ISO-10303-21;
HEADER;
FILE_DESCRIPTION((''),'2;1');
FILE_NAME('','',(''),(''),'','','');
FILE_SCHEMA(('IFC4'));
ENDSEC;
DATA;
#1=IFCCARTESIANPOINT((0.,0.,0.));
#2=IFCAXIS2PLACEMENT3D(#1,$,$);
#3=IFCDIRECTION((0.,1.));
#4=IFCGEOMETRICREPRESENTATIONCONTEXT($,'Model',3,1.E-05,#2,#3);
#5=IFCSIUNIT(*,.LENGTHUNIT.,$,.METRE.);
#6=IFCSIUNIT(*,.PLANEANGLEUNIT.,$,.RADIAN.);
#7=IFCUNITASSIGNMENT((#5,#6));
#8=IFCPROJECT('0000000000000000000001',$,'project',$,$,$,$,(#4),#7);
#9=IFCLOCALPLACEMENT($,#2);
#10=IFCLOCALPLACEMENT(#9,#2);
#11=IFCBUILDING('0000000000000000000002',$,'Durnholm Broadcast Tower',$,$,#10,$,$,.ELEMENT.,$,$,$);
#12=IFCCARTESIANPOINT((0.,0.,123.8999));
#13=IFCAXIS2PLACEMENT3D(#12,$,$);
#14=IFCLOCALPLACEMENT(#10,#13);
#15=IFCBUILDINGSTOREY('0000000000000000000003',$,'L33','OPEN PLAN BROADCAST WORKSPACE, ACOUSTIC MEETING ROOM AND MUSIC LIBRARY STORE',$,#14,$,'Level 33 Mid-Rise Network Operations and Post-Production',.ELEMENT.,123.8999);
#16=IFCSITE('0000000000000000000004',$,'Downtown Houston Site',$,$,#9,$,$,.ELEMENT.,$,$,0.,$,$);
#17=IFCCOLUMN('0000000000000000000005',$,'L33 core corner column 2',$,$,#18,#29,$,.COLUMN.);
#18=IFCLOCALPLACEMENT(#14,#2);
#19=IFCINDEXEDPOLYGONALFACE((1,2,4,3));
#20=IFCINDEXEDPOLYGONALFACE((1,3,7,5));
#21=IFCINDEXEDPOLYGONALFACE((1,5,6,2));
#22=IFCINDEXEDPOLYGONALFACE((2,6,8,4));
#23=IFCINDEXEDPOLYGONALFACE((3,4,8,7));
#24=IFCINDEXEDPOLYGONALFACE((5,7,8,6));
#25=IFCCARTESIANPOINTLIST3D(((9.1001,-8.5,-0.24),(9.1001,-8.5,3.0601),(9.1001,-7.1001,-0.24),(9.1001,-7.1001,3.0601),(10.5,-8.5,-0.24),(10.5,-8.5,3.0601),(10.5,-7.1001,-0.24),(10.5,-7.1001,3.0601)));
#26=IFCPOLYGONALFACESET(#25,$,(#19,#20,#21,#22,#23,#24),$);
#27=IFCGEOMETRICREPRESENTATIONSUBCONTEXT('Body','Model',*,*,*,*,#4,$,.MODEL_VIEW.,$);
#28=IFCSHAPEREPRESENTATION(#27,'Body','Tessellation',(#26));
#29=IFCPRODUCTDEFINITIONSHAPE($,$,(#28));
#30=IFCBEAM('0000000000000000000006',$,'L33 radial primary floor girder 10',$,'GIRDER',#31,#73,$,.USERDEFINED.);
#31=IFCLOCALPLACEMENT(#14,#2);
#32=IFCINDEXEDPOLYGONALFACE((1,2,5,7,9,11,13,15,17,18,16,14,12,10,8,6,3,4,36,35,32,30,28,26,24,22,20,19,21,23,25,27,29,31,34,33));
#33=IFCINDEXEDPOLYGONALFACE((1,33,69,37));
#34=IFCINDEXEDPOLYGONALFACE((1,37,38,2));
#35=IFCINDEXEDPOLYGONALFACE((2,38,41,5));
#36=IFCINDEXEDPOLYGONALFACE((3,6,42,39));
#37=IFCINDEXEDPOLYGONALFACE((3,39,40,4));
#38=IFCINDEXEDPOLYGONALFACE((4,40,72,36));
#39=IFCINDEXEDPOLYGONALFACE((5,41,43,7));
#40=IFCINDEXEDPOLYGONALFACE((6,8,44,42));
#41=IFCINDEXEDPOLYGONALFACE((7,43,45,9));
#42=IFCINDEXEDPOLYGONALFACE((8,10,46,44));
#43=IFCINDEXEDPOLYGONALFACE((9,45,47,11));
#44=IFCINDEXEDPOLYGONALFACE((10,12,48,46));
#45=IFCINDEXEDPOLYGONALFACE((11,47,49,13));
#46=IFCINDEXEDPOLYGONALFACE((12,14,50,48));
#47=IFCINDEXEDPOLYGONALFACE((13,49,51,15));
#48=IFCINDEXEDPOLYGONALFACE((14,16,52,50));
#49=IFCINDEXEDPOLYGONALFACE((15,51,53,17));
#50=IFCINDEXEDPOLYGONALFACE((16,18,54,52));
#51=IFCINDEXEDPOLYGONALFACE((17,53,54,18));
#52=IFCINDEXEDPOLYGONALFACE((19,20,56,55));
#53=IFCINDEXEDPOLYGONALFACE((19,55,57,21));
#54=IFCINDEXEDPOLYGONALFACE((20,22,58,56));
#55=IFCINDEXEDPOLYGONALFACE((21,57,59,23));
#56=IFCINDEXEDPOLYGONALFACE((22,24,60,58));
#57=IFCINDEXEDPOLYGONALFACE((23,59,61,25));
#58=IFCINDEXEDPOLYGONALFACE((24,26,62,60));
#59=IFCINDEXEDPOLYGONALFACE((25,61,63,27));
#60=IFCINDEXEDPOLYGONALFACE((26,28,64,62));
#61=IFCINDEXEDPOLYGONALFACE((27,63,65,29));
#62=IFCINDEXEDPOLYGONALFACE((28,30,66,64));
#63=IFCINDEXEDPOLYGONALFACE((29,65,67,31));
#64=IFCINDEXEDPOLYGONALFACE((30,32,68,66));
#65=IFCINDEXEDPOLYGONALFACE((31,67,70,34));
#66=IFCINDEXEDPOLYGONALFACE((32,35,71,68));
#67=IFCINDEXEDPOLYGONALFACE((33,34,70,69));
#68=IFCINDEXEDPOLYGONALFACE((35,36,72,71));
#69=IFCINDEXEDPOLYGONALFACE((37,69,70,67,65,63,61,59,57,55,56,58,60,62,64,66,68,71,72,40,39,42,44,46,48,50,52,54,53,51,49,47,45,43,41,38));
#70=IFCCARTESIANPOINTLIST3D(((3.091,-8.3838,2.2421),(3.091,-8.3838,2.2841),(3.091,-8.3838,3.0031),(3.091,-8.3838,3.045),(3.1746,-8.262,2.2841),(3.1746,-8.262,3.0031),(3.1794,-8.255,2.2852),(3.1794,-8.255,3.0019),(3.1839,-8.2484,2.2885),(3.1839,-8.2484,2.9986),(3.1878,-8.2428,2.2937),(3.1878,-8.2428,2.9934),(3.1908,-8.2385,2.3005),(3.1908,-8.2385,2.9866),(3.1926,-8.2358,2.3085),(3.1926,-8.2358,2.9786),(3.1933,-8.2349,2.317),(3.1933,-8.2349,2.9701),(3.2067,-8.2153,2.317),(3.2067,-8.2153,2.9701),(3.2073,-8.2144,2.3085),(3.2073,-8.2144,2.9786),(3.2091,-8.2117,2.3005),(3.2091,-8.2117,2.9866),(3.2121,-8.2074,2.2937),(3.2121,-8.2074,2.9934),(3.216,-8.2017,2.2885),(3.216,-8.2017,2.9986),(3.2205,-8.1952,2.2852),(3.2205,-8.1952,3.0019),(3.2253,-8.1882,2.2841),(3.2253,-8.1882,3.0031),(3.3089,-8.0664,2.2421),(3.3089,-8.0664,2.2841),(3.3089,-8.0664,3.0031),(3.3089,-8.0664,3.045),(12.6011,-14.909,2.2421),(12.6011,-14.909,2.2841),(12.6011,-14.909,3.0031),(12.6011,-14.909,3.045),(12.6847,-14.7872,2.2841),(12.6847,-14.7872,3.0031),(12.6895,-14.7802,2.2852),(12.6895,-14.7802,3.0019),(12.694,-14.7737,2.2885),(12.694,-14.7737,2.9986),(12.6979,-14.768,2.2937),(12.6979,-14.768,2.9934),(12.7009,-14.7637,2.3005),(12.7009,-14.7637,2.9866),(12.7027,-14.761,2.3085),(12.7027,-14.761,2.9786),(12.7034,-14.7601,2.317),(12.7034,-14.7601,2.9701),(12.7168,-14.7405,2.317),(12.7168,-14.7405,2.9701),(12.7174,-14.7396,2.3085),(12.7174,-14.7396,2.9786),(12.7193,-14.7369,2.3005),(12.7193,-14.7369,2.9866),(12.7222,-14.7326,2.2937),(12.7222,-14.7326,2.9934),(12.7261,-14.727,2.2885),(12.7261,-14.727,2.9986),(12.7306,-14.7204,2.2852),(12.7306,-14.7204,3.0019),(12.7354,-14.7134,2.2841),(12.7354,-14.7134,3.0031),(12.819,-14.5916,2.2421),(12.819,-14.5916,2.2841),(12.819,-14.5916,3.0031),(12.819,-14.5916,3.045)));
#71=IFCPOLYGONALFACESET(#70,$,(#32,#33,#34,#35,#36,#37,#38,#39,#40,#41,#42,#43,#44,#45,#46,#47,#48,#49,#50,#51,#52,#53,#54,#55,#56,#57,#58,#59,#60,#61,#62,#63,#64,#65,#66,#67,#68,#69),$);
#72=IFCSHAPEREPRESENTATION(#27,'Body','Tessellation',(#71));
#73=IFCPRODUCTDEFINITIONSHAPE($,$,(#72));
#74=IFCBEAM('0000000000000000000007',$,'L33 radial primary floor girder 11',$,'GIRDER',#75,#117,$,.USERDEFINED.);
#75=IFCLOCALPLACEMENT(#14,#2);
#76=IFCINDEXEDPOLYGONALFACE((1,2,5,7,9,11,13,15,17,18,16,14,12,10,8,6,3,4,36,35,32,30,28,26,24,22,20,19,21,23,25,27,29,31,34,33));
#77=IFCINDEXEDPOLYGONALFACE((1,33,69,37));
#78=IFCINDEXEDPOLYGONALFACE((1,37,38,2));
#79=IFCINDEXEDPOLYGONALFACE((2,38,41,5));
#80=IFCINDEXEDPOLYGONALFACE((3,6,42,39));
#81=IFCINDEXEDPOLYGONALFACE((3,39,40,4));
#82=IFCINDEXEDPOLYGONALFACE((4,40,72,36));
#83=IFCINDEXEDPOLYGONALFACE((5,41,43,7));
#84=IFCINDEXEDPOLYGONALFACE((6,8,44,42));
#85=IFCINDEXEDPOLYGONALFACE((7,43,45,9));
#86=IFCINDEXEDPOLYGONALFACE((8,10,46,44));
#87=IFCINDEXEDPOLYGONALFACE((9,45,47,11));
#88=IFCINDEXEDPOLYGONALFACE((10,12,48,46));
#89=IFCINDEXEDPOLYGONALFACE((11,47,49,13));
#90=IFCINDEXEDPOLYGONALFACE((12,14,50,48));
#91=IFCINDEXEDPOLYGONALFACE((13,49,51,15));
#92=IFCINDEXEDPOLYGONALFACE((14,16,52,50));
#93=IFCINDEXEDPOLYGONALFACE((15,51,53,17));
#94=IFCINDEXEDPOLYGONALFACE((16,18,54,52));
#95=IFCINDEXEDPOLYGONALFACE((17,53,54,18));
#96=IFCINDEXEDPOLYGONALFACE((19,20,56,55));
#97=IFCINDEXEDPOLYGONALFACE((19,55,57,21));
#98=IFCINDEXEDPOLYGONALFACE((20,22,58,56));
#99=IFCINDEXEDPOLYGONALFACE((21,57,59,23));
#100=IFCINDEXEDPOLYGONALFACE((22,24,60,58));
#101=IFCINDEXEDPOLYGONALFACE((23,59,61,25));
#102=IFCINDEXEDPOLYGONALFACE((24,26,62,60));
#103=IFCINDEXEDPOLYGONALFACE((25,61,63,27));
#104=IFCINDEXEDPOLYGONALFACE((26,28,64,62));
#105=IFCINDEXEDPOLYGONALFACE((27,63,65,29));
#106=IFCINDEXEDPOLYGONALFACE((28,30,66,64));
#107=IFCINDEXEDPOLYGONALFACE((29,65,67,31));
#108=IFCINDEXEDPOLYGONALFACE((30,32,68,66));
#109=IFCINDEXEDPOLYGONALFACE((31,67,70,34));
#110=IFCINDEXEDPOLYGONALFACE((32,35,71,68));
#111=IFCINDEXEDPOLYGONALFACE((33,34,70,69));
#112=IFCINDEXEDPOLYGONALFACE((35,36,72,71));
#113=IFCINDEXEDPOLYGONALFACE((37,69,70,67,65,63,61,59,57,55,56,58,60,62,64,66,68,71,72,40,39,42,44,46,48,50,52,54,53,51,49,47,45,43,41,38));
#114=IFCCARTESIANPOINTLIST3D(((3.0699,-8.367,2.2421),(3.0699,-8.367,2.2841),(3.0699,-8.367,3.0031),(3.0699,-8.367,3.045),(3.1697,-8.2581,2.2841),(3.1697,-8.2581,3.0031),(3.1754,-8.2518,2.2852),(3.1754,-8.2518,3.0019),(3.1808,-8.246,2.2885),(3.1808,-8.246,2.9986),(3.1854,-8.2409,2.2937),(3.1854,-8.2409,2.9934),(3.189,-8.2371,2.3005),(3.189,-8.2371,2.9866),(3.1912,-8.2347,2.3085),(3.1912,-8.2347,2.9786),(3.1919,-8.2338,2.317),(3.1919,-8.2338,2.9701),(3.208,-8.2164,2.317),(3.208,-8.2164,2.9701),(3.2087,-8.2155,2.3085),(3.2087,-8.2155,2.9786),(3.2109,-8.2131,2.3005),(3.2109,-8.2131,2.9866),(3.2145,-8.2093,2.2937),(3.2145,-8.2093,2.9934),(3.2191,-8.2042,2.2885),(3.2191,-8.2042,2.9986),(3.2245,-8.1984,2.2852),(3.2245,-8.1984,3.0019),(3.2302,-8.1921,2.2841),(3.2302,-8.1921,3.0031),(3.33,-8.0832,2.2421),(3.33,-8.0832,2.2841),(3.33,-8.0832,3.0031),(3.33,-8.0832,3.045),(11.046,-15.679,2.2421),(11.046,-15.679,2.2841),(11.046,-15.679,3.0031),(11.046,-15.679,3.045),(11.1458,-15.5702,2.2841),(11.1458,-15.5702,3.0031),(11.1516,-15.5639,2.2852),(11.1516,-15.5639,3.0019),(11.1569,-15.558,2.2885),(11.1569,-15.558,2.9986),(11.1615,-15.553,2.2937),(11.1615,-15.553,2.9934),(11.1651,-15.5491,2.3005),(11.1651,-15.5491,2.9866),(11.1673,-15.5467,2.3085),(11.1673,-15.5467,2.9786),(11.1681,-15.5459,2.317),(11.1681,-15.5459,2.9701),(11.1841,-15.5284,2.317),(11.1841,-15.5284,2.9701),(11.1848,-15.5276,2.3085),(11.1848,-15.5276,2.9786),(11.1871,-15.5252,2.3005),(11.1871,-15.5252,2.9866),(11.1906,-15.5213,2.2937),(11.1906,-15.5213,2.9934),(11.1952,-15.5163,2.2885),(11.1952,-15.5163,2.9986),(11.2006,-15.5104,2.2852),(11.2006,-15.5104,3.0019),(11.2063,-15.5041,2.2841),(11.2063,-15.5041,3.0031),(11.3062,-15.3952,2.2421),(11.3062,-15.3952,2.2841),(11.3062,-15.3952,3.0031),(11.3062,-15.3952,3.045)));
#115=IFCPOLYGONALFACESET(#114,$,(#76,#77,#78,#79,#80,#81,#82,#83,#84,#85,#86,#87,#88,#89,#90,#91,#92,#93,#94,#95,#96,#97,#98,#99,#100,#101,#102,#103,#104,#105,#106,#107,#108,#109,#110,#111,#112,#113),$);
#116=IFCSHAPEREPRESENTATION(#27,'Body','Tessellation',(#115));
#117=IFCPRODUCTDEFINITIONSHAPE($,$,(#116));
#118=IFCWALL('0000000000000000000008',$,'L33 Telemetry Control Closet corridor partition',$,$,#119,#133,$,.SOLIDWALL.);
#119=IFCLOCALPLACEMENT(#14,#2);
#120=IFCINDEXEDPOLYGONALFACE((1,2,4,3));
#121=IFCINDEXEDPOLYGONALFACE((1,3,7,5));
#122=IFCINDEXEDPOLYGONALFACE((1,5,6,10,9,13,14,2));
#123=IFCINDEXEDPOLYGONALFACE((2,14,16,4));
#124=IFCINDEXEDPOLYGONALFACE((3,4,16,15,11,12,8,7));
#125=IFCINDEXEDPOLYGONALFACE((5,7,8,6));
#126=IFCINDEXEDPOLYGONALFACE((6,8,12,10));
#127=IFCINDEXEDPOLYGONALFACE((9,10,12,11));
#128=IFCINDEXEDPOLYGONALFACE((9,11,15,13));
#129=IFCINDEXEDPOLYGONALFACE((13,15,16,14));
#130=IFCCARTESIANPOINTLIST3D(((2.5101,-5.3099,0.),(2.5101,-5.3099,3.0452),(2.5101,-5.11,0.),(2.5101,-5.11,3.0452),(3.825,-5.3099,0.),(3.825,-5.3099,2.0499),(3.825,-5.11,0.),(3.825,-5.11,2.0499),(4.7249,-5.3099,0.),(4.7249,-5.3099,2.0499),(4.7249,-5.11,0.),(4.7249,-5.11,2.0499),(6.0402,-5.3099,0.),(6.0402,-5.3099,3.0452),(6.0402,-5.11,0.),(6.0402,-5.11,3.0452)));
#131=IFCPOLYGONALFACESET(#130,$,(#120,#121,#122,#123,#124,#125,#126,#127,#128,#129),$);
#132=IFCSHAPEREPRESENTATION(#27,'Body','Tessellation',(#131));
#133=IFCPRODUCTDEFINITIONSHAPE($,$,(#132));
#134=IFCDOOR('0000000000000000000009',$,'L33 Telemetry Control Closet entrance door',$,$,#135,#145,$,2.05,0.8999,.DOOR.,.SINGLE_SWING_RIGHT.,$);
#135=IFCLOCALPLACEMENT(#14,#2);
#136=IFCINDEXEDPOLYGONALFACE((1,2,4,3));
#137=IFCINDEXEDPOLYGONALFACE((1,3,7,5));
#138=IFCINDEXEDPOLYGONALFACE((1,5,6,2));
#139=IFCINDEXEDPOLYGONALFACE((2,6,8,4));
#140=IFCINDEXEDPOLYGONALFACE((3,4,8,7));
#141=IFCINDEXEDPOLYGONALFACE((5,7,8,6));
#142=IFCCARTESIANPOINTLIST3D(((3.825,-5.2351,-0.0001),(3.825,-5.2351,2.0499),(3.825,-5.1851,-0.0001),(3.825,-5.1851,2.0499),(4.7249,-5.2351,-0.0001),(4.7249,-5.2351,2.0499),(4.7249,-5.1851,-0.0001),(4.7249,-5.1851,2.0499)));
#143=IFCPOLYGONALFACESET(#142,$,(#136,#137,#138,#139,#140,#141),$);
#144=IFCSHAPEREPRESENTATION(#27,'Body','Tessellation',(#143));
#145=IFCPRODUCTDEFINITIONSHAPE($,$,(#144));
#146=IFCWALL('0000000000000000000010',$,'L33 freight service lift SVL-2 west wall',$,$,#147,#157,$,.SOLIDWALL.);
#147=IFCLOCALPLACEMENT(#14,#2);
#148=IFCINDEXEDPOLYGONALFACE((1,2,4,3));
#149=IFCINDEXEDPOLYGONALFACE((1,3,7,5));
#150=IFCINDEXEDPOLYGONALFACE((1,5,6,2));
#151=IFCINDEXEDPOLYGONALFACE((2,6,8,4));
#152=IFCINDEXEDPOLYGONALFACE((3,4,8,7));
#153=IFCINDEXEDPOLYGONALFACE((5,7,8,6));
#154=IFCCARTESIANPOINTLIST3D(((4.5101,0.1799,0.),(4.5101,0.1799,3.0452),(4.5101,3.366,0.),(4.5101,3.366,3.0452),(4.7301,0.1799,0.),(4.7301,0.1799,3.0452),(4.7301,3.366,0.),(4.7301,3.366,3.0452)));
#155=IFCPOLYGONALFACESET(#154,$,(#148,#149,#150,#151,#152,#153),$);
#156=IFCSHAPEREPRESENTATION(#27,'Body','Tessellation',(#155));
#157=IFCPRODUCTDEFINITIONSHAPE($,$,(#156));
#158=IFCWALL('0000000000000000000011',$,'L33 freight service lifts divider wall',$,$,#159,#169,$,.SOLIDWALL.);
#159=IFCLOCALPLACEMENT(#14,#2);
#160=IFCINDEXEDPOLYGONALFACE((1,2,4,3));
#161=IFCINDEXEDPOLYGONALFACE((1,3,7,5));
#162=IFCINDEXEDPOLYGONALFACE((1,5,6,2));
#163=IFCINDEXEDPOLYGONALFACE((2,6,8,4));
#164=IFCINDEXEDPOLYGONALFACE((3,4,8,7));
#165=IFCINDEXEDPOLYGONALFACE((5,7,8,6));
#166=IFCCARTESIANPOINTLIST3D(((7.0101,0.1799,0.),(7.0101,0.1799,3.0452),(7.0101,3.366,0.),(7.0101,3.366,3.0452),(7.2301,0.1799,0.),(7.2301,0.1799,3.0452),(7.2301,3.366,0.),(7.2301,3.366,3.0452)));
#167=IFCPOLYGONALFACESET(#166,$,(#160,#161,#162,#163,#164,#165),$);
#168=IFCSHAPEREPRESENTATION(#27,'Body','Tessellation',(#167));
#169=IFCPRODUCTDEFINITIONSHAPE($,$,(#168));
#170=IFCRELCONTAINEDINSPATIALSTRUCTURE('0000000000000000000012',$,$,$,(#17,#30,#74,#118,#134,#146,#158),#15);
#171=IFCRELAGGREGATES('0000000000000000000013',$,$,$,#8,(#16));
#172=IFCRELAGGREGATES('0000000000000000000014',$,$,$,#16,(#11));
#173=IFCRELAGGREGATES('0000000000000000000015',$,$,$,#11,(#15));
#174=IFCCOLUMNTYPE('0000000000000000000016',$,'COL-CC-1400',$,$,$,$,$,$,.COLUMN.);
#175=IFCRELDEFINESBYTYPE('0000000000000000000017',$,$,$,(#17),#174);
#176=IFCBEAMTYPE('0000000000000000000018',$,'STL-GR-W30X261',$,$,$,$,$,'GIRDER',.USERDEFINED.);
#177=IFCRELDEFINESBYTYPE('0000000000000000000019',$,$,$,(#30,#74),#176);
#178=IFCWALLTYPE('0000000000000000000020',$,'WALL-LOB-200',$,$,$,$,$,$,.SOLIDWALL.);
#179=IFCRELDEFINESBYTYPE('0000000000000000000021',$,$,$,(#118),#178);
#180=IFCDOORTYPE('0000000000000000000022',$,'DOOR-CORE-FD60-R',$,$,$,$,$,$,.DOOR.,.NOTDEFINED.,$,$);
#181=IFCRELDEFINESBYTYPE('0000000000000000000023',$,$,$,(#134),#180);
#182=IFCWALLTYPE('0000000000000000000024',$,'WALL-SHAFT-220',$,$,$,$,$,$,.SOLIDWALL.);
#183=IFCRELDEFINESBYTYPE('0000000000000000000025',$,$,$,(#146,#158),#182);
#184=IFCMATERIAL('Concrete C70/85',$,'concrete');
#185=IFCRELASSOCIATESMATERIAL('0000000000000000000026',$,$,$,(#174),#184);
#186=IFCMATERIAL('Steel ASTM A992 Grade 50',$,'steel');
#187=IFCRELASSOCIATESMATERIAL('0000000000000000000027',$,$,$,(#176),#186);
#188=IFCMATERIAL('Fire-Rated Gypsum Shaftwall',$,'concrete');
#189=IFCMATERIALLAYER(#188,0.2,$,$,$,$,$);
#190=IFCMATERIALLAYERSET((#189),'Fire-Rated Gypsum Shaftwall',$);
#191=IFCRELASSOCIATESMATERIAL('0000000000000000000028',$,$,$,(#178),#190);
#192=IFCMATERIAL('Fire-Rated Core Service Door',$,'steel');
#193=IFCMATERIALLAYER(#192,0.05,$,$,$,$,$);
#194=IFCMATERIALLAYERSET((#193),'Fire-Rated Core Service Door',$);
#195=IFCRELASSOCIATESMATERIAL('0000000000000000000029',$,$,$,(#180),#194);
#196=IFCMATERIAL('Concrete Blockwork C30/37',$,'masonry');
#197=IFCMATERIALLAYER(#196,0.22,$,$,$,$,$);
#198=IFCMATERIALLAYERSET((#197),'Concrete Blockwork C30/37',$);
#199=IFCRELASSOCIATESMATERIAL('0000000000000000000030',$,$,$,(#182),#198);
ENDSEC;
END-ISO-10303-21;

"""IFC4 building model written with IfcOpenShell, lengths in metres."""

from ifc_helpers import new_model, si_unit, direction, frame, frame_2d, origin, origin_2d, place, context, subcontext, project, spatial, rectangle, i_section, extrude, source, transform, mapped, material, layer, layer_set, material_profile, profile_set, type_object, type_shapes, element, fill, save


model = new_model("IFC4")

# Units and contexts
model_context = context("Model", 3, precision=1e-05, world=origin(), true_north=direction((0.0, 1.0)))
body_context = subcontext(model_context, "Body", "Model", "MODEL_VIEW")
ifc_project = project(units=[si_unit("LENGTHUNIT", "METRE"), si_unit("PLANEANGLEUNIT", "RADIAN")], contexts=[model_context])

# Site, building, storey
site_placement = place(None, origin())
site = spatial("IfcSite", under=ifc_project, at=site_placement, Name="Downtown Houston Site", CompositionType="ELEMENT", RefElevation=0.0)
building_placement = place(site_placement, origin())
building = spatial("IfcBuilding", under=site, at=building_placement, Name="Durnholm Broadcast Tower", CompositionType="ELEMENT")
storey_placement = place(building_placement, frame((0.0, 0.0, 123.8999)))
storey = spatial("IfcBuildingStorey", under=building, at=storey_placement, Name="L33", Description="OPEN PLAN BROADCAST WORKSPACE, ACOUSTIC MEETING ROOM AND MUSIC LIBRARY STORE", LongName="Level 33 Mid-Rise Network Operations and Post-Production", CompositionType="ELEMENT", Elevation=123.8999)

# Column
ifc_material_1 = material(Name="Concrete C70/85", Category="concrete")
ifc_material_profile_1 = material_profile(ifc_material_1, rectangle(XDim=1.3999, YDim=1.3999, at=origin_2d()), Name="RC1400X1400")
ifc_profile_set_1 = profile_set([ifc_material_profile_1], Name="Concrete C70/85")
column_type = type_object("IfcColumnType", Name="COL-CC-1400", PredefinedType="COLUMN", material=ifc_profile_set_1)
shared_shape_1 = source(origin(), body_context, "Body", "SweptSolid", [
    extrude(rectangle(XDim=1.3999, YDim=1.3999, at=origin_2d()), origin(), (0.0, 0.0, 1.0), 3.3),
])
type_shapes(column_type, [shared_shape_1])
column_placement = place(storey_placement, frame((9.8, -7.8, -0.24), z_axis=(0.0, 0.0, 1.0), x_axis=(1.0, 0.0, 0.0)))
element("IfcColumn", 1, at=column_placement, inside=storey, type_object=column_type, Name="L33 core corner column 2", PredefinedType="COLUMN", context=body_context, shape_type="MappedRepresentation", body=[
    mapped(shared_shape_1, transform((0.0, 0.0, 0.0), x_axis=(1.0, 0.0, 0.0), y_axis=(0.0, 1.0, 0.0), z_axis=(0.0, 0.0, 1.0), scale=1.0)),
])

# Beams
ifc_material_2 = material(Name="Steel ASTM A992 Grade 50", Category="steel")
ifc_material_profile_2 = material_profile(ifc_material_2, i_section(OverallWidth=0.385, OverallDepth=0.803, WebThickness=0.0237, FlangeThickness=0.042, FilletRadius=0.033, at=origin_2d()), Name="W30X261")
ifc_profile_set_2 = profile_set([ifc_material_profile_2], Name="Steel ASTM A992 Grade 50")
beam_type = type_object("IfcBeamType", Name="STL-GR-W30X261", ElementType="GIRDER", PredefinedType="USERDEFINED", material=ifc_profile_set_2)
shared_shape_2 = source(origin(), body_context, "Body", "SweptSolid", [
    extrude(i_section(OverallWidth=0.385, OverallDepth=0.803, WebThickness=0.0237, FlangeThickness=0.042, FilletRadius=0.033, at=origin_2d()), origin(), (0.0, 0.0, 1.0), 11.5334),
])
beam_1_placement = place(storey_placement, frame((3.2, -8.2251, 2.6436), z_axis=(0.824567, -0.565764, 0.0), x_axis=(0.565764, 0.824567, 0.0)))
element("IfcBeam", 2, at=beam_1_placement, inside=storey, type_object=beam_type, Name="L33 radial primary floor girder 10", ObjectType="GIRDER", PredefinedType="USERDEFINED", context=body_context, shape_type="MappedRepresentation", body=[
    mapped(shared_shape_2, transform((0.0, 0.0, 0.0), x_axis=(1.0, 0.0, 0.0), y_axis=(0.0, 1.0, 0.0), z_axis=(0.0, 0.0, 1.0), scale=1.0)),
])
shared_shape_3 = source(origin(), body_context, "Body", "SweptSolid", [
    extrude(i_section(OverallWidth=0.385, OverallDepth=0.803, WebThickness=0.0237, FlangeThickness=0.042, FilletRadius=0.033, at=origin_2d()), origin(), (0.0, 0.0, 1.0), 10.8206),
])
type_shapes(beam_type, [shared_shape_2, shared_shape_3])
beam_2_placement = place(storey_placement, frame((3.2, -8.2251, 2.6436), z_axis=(0.737126, -0.675755, 0.0), x_axis=(0.675755, 0.737126, 0.0)))
element("IfcBeam", 3, at=beam_2_placement, inside=storey, type_object=beam_type, Name="L33 radial primary floor girder 11", ObjectType="GIRDER", PredefinedType="USERDEFINED", context=body_context, shape_type="MappedRepresentation", body=[
    mapped(shared_shape_3, transform((0.0, 0.0, 0.0), x_axis=(1.0, 0.0, 0.0), y_axis=(0.0, 1.0, 0.0), z_axis=(0.0, 0.0, 1.0), scale=1.0)),
])

# Wall, opening, door
ifc_material_3 = material(Name="Fire-Rated Gypsum Shaftwall", Category="concrete")
ifc_layer_1 = layer(ifc_material_3, 0.2)
ifc_layer_set_1 = layer_set([ifc_layer_1], Name="Fire-Rated Gypsum Shaftwall")
wall_type_1 = type_object("IfcWallType", Name="WALL-LOB-200", PredefinedType="SOLIDWALL", material=ifc_layer_set_1)
wall_1_placement = place(storey_placement, frame((2.51, -5.21, 0.0), z_axis=(0.0, 0.0, 1.0), x_axis=(1.0, 0.0, 0.0)))
wall_1 = element("IfcWall", 4, at=wall_1_placement, inside=storey, type_object=wall_type_1, Name="L33 Telemetry Control Closet corridor partition", PredefinedType="SOLIDWALL", context=body_context, shape_type="SweptSolid", body=[
    extrude(rectangle(XDim=3.53, YDim=0.2, at=frame_2d((1.7651, 0.0))), origin(), (0.0, 0.0, 1.0), 3.0452),
])
opening_1_placement = place(wall_1_placement, frame((1.3149, 0.0, 0.0)))
opening_1 = element("IfcOpeningElement", 5, at=opening_1_placement, cuts=wall_1, PredefinedType="OPENING", context=body_context, shape_type="SweptSolid", body=[
    extrude(rectangle(XDim=0.8999, YDim=2.05, at=frame_2d((0.45, 1.0249))), frame((0.0, 0.1099, 0.0), z_axis=(0.0, -1.0, 0.0), x_axis=(1.0, 0.0, 0.0)), (0.0, 0.0, 1.0), 0.22),
])
ifc_material_4 = material(Name="Fire-Rated Core Service Door", Category="steel")
ifc_layer_2 = layer(ifc_material_4, 0.05)
ifc_layer_set_2 = layer_set([ifc_layer_2], Name="Fire-Rated Core Service Door")
door_type_1 = type_object("IfcDoorType", Name="DOOR-CORE-FD60-R", OperationType="NOTDEFINED", PredefinedType="DOOR", material=ifc_layer_set_2)
shared_shape_4 = source(origin(), body_context, "Body", "SweptSolid", [
    extrude(rectangle(XDim=0.8999, YDim=2.05, at=frame_2d((0.45, 1.0249))), frame((0.0, 0.0249, 0.0), z_axis=(0.0, -1.0, 0.0), x_axis=(1.0, 0.0, 0.0)), (0.0, 0.0, 1.0), 0.05),
])
type_shapes(door_type_1, [shared_shape_4])
door_1_placement = place(opening_1_placement, origin())
door_1 = element("IfcDoor", 6, at=door_1_placement, inside=storey, type_object=door_type_1, Name="L33 Telemetry Control Closet entrance door", OperationType="SINGLE_SWING_RIGHT", OverallHeight=2.05, OverallWidth=0.8999, PredefinedType="DOOR", context=body_context, shape_type="MappedRepresentation", body=[
    mapped(shared_shape_4, transform((0.0, 0.0, 0.0), x_axis=(1.0, 0.0, 0.0), y_axis=(0.0, 1.0, 0.0), z_axis=(0.0, 0.0, 1.0), scale=1.0)),
])
fill(opening_1, door_1)

# Walls
ifc_material_5 = material(Name="Concrete Blockwork C30/37", Category="masonry")
ifc_layer_3 = layer(ifc_material_5, 0.22)
ifc_layer_set_3 = layer_set([ifc_layer_3], Name="Concrete Blockwork C30/37")
wall_type_2 = type_object("IfcWallType", Name="WALL-SHAFT-220", PredefinedType="SOLIDWALL", material=ifc_layer_set_3)
for number, where, z_axis, x_axis, name in (
    (7, (4.6201, 0.1799, 0.0), (0.0, 0.0, 1.0), (0.0, 1.0, 0.0), "L33 freight service lift SVL-2 west wall"),
    (8, (7.1201, 0.1799, 0.0), (0.0, 0.0, 1.0), (0.0, 1.0, 0.0), "L33 freight service lifts divider wall"),
):
    element("IfcWall", number, at=place(storey_placement, frame(where, z_axis=z_axis, x_axis=x_axis)), inside=storey, type_object=wall_type_2, Name=name, PredefinedType="SOLIDWALL", context=body_context, shape_type="SweptSolid", body=[
        extrude(rectangle(XDim=3.186, YDim=0.22, at=frame_2d((1.593, 0.0))), origin(), (0.0, 0.0, 1.0), 3.0452),
    ])

save(model, "model.ifc")
